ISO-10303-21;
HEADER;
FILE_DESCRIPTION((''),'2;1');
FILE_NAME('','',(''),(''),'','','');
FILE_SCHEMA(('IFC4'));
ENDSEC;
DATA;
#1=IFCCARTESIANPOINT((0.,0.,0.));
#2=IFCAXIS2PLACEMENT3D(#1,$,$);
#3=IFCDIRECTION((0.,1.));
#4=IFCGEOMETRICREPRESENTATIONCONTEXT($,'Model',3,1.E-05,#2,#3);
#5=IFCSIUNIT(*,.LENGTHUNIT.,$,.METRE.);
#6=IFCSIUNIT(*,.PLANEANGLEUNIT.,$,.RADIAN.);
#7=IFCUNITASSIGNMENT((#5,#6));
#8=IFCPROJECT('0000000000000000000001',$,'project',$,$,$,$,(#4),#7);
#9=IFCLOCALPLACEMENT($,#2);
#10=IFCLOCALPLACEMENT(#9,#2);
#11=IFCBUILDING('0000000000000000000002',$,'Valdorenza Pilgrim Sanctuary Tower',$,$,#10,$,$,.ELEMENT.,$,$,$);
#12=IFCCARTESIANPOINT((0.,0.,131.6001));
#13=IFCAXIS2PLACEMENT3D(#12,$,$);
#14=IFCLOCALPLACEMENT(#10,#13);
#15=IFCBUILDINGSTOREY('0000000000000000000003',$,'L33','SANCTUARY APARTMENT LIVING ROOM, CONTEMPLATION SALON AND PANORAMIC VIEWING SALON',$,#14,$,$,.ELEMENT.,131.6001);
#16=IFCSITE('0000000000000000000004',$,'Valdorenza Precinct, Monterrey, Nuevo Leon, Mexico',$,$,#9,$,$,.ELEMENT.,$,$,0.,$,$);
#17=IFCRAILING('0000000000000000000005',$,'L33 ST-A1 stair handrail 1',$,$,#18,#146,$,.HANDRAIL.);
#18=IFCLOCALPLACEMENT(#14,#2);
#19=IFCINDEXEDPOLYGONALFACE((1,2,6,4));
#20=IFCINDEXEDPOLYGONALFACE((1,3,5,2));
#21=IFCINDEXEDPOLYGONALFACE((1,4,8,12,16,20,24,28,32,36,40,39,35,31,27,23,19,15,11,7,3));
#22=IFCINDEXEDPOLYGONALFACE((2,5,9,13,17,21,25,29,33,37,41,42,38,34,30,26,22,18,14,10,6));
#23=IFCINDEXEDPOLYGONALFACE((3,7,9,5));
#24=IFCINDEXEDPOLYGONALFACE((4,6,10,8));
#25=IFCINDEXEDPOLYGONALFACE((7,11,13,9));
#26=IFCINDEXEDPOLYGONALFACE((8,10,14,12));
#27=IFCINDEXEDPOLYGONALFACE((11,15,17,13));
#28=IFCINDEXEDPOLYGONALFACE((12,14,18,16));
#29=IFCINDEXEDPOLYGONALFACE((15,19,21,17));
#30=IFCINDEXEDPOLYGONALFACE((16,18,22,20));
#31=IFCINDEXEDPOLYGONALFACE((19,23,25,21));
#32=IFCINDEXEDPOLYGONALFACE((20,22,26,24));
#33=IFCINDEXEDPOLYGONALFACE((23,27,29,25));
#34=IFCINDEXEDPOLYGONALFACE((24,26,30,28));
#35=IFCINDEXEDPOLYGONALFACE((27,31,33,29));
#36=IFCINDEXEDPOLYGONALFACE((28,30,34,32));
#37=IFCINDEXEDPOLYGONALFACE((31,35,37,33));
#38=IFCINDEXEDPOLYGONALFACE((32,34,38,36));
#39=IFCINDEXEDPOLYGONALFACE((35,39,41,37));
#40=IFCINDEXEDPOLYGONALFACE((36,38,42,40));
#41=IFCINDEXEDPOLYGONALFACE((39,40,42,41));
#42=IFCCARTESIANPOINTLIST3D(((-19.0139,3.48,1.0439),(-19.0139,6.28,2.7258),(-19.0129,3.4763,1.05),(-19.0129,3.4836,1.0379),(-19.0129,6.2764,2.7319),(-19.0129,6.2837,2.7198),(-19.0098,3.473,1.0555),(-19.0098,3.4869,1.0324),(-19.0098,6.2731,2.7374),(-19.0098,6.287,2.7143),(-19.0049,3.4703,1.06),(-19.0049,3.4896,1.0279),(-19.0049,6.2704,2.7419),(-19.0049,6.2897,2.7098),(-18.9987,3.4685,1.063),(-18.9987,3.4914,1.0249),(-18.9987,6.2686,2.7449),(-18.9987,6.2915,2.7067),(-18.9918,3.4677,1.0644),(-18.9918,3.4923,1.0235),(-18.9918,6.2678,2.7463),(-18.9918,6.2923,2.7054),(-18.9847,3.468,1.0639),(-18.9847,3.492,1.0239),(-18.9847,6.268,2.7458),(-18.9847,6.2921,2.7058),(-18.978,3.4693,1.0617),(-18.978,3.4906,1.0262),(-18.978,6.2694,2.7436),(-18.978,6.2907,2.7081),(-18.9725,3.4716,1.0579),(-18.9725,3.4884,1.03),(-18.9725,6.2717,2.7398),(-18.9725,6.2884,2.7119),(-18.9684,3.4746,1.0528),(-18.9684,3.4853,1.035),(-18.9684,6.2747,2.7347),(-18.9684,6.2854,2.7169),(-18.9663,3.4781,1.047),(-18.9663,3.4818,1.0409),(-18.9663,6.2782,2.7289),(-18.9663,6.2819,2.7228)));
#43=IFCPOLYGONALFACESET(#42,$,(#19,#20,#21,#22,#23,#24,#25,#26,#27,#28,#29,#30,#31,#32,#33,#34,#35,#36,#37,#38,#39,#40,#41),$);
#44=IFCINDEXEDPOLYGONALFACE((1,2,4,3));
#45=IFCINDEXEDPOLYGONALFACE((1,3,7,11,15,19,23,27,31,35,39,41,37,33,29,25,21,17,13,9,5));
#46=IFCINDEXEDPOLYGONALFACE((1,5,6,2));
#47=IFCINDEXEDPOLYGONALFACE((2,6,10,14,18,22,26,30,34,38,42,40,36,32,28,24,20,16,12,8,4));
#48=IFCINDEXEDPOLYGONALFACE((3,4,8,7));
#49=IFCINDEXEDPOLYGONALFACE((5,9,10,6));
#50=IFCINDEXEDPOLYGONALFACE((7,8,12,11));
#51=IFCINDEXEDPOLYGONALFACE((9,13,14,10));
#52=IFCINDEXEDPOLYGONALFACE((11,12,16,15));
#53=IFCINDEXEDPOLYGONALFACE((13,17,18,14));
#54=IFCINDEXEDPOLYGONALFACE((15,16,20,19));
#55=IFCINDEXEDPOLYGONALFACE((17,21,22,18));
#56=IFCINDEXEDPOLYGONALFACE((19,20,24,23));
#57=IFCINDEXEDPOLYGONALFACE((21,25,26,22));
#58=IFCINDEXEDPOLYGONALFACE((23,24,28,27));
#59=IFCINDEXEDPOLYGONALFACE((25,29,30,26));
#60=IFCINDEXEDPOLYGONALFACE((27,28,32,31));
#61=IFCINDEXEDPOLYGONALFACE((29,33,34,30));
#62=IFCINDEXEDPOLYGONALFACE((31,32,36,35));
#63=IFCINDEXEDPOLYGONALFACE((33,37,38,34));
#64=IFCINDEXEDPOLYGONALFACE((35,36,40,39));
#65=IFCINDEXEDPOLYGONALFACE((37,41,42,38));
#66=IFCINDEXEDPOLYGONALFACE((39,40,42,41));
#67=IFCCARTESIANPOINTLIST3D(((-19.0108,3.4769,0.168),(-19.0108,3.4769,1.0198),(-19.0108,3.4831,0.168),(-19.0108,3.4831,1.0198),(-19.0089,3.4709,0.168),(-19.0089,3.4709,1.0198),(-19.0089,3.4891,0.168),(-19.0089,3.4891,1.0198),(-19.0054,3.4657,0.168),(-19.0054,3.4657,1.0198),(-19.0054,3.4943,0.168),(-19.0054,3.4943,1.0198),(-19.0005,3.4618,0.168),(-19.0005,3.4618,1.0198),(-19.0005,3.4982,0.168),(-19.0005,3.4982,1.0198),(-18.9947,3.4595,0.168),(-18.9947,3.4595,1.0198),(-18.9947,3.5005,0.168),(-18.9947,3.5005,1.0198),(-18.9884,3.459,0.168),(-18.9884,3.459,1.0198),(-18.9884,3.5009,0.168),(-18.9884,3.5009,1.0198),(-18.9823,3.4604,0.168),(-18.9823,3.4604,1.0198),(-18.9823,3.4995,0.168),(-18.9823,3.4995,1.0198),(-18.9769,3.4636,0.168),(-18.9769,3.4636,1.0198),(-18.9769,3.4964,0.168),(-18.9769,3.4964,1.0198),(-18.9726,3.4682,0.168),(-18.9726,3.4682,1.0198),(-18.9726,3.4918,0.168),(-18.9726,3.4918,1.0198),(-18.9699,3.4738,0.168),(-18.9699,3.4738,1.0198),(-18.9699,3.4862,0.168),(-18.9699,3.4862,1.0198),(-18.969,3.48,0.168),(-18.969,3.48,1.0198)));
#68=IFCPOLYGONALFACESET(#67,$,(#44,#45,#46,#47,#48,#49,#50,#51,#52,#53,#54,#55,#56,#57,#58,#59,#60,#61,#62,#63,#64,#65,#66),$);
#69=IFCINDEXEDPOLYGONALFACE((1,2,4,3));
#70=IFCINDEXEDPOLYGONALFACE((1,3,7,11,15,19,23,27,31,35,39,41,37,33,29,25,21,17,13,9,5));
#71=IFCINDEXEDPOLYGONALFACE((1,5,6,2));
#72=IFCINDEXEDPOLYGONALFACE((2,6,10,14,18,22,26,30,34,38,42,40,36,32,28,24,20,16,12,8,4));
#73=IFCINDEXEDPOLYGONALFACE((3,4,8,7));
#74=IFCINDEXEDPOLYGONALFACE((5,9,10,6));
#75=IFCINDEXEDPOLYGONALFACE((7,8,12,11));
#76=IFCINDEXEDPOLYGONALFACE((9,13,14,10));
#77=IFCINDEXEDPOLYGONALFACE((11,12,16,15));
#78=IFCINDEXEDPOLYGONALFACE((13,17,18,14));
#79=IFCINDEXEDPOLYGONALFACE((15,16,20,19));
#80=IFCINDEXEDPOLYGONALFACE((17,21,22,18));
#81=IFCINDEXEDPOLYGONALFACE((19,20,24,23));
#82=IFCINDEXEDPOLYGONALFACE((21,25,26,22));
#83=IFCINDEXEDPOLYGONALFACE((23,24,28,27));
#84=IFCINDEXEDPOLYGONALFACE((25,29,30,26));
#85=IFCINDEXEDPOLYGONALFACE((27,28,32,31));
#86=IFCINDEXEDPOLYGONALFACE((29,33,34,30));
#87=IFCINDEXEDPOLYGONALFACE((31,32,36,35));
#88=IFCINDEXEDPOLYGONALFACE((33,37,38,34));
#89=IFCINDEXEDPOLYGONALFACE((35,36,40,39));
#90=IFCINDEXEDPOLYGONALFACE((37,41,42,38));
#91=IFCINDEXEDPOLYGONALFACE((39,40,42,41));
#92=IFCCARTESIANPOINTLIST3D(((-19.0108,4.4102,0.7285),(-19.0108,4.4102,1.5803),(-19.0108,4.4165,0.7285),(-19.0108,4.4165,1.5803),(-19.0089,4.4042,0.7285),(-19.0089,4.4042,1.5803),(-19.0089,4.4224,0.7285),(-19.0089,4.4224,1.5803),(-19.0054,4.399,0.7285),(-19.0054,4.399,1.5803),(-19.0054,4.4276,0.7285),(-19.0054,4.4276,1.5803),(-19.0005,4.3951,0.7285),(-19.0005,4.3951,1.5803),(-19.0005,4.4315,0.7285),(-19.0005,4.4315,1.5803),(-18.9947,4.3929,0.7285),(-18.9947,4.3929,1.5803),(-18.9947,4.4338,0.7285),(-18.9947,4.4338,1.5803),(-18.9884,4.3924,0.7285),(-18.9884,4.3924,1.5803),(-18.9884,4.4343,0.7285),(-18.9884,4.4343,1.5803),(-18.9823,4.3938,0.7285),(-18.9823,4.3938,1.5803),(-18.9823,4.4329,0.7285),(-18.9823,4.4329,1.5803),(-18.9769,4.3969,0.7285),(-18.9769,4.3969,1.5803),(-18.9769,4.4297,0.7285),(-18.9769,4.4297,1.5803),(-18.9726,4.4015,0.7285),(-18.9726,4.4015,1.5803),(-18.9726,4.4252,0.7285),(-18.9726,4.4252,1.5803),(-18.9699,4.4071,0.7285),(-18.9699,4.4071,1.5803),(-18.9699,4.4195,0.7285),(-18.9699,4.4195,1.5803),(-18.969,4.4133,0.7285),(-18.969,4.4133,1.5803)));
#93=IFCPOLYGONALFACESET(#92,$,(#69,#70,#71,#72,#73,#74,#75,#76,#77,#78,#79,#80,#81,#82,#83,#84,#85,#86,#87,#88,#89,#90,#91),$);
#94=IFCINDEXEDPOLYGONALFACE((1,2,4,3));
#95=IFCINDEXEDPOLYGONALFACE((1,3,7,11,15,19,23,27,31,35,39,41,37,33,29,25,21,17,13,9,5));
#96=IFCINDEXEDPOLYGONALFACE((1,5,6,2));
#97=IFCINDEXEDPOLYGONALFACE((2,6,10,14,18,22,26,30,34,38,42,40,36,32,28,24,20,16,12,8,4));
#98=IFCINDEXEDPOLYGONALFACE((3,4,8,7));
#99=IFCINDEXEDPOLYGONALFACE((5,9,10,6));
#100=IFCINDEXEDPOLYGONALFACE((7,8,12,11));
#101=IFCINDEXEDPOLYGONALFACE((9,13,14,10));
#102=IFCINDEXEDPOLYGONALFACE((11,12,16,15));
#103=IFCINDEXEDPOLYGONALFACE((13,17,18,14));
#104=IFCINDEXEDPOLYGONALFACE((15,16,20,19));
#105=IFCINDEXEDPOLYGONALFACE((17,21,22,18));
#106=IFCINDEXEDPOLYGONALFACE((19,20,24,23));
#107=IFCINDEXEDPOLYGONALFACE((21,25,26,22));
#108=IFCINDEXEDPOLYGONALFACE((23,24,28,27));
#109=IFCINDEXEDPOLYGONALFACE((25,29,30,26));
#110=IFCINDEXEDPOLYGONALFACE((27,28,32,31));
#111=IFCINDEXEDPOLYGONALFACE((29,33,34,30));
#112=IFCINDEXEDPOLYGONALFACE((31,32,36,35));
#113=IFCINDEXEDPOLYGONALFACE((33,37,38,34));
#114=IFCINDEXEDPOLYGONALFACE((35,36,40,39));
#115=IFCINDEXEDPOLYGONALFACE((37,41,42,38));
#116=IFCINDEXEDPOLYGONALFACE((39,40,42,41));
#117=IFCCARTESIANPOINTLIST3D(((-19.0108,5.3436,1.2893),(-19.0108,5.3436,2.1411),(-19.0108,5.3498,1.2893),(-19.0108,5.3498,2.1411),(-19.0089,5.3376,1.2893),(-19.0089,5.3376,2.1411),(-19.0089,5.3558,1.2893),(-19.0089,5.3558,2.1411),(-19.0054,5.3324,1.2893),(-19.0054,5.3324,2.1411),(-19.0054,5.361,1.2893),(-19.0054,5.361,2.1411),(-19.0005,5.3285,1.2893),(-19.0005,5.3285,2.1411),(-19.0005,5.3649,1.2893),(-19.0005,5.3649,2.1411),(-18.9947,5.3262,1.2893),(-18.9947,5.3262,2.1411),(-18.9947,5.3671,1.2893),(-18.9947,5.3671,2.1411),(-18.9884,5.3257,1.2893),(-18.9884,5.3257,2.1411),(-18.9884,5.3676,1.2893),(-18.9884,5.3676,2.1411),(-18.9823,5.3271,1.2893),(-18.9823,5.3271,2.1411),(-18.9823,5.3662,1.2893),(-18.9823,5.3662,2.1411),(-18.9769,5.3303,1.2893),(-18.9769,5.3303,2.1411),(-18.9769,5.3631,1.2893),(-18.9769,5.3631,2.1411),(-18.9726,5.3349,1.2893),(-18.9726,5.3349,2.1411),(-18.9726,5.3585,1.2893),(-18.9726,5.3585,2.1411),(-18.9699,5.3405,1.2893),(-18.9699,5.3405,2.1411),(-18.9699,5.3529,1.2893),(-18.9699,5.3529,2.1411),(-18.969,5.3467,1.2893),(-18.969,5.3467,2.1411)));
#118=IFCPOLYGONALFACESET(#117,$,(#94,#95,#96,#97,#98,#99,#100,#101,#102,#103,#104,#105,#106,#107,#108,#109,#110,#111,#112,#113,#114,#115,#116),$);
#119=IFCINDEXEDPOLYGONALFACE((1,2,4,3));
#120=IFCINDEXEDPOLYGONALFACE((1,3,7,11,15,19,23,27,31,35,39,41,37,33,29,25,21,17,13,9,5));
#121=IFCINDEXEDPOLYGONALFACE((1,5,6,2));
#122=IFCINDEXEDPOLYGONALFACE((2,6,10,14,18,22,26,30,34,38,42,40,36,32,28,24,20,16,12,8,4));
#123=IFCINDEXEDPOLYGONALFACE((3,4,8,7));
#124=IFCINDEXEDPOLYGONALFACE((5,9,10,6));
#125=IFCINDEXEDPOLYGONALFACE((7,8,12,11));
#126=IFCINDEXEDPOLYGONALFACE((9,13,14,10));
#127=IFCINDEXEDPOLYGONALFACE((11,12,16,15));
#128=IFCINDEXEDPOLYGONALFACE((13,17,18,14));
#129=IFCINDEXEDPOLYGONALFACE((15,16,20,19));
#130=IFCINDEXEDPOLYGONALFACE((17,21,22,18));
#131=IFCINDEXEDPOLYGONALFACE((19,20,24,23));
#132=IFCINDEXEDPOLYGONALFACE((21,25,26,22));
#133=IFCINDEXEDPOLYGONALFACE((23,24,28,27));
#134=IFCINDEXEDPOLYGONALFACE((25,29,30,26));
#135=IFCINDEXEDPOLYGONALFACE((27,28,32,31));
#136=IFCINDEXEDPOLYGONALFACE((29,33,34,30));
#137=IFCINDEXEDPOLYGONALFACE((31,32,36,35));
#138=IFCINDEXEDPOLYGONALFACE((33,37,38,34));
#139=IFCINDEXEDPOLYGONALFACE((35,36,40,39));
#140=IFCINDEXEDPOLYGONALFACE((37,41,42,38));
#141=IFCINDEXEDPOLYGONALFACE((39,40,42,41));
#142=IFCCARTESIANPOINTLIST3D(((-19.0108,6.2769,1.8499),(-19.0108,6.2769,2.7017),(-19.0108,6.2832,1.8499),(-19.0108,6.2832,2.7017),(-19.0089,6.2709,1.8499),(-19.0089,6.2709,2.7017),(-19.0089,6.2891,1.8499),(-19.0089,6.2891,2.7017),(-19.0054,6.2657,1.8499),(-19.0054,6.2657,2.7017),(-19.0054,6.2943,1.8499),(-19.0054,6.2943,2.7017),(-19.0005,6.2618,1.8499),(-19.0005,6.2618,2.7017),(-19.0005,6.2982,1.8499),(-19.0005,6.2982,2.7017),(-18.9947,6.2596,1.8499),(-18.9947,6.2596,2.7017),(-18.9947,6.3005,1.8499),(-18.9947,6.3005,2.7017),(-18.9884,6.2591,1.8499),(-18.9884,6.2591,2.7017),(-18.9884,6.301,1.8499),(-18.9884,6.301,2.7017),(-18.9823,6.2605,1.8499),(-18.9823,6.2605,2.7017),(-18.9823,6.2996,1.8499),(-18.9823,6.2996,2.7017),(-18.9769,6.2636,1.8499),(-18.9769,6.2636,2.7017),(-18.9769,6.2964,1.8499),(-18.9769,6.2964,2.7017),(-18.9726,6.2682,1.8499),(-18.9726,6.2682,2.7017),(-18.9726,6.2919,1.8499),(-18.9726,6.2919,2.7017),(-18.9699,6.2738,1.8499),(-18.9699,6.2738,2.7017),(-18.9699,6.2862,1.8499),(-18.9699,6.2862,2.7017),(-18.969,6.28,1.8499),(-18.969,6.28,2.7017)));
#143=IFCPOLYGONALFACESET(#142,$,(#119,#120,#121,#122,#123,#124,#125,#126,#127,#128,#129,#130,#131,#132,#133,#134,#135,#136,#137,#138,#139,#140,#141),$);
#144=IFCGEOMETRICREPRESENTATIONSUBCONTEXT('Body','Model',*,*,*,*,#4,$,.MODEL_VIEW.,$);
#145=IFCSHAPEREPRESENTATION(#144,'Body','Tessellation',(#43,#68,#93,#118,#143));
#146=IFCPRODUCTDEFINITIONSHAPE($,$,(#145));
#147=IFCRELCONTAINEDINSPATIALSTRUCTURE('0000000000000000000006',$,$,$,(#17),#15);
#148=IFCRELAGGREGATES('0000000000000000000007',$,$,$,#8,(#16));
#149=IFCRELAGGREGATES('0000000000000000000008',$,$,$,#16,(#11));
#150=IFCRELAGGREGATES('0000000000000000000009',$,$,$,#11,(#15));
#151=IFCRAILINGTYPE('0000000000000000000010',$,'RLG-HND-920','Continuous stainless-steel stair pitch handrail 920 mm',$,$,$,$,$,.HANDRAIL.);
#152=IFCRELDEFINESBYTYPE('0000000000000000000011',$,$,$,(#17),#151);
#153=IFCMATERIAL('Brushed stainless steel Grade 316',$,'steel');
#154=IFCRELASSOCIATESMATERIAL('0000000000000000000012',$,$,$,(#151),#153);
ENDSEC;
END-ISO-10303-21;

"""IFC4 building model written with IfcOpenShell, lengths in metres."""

from ifc_helpers import new_model, si_unit, direction, frame, origin, origin_2d, place, context, subcontext, project, spatial, circle, extrude, material, type_object, element, save


model = new_model("IFC4")

# Units and contexts
model_context = context("Model", 3, precision=1e-05, world=origin(), true_north=direction((0.0, 1.0)))
body_context = subcontext(model_context, "Body", "Model", "MODEL_VIEW")
ifc_project = project(units=[si_unit("LENGTHUNIT", "METRE"), si_unit("PLANEANGLEUNIT", "RADIAN")], contexts=[model_context])

# Site, building, storey
site_placement = place(None, origin())
site = spatial("IfcSite", under=ifc_project, at=site_placement, Name="Valdorenza Precinct, Monterrey, Nuevo Leon, Mexico", CompositionType="ELEMENT", RefElevation=0.0)
building_placement = place(site_placement, origin())
building = spatial("IfcBuilding", under=site, at=building_placement, Name="Valdorenza Pilgrim Sanctuary Tower", CompositionType="ELEMENT")
storey_placement = place(building_placement, frame((0.0, 0.0, 131.6001)))
storey = spatial("IfcBuildingStorey", under=building, at=storey_placement, Name="L33", Description="SANCTUARY APARTMENT LIVING ROOM, CONTEMPLATION SALON AND PANORAMIC VIEWING SALON", CompositionType="ELEMENT", Elevation=131.6001)

# Shared definitions
ifc_material_1 = material(Name="Brushed stainless steel Grade 316", Category="steel")

# Railing
railing_type_1 = type_object("IfcRailingType", Name="RLG-HND-920", Description="Continuous stainless-steel stair pitch handrail 920 mm", PredefinedType="HANDRAIL", material=ifc_material_1)
railing_1_placement = place(storey_placement, frame((-18.99, 3.48, 0.168)))
element("IfcRailing", 1, at=railing_1_placement, inside=storey, type_object=railing_type_1, Name="L33 ST-A1 stair handrail 1", PredefinedType="HANDRAIL", context=body_context, shape_type="SweptSolid", body=[
    extrude(circle(Radius=0.0239, at=origin_2d()), frame((0.0, 0.0, 0.876), z_axis=(0.0, 0.857242, 0.514913), x_axis=(-1.0, 0.0, 0.0)), (0.0, 0.0, 1.0), 3.2664),
    extrude(circle(Radius=0.021, at=origin_2d()), origin(), (0.0, 0.0, 1.0), 0.8518),
    extrude(circle(Radius=0.021, at=origin_2d()), frame((0.0, 0.9333, 0.5605)), (0.0, 0.0, 1.0), 0.8518),
    extrude(circle(Radius=0.021, at=origin_2d()), frame((0.0, 1.8667, 1.1213)), (0.0, 0.0, 1.0), 0.8518),
    extrude(circle(Radius=0.021, at=origin_2d()), frame((0.0, 2.8, 1.6819)), (0.0, 0.0, 1.0), 0.8518),
])

save(model, "model.ifc")
